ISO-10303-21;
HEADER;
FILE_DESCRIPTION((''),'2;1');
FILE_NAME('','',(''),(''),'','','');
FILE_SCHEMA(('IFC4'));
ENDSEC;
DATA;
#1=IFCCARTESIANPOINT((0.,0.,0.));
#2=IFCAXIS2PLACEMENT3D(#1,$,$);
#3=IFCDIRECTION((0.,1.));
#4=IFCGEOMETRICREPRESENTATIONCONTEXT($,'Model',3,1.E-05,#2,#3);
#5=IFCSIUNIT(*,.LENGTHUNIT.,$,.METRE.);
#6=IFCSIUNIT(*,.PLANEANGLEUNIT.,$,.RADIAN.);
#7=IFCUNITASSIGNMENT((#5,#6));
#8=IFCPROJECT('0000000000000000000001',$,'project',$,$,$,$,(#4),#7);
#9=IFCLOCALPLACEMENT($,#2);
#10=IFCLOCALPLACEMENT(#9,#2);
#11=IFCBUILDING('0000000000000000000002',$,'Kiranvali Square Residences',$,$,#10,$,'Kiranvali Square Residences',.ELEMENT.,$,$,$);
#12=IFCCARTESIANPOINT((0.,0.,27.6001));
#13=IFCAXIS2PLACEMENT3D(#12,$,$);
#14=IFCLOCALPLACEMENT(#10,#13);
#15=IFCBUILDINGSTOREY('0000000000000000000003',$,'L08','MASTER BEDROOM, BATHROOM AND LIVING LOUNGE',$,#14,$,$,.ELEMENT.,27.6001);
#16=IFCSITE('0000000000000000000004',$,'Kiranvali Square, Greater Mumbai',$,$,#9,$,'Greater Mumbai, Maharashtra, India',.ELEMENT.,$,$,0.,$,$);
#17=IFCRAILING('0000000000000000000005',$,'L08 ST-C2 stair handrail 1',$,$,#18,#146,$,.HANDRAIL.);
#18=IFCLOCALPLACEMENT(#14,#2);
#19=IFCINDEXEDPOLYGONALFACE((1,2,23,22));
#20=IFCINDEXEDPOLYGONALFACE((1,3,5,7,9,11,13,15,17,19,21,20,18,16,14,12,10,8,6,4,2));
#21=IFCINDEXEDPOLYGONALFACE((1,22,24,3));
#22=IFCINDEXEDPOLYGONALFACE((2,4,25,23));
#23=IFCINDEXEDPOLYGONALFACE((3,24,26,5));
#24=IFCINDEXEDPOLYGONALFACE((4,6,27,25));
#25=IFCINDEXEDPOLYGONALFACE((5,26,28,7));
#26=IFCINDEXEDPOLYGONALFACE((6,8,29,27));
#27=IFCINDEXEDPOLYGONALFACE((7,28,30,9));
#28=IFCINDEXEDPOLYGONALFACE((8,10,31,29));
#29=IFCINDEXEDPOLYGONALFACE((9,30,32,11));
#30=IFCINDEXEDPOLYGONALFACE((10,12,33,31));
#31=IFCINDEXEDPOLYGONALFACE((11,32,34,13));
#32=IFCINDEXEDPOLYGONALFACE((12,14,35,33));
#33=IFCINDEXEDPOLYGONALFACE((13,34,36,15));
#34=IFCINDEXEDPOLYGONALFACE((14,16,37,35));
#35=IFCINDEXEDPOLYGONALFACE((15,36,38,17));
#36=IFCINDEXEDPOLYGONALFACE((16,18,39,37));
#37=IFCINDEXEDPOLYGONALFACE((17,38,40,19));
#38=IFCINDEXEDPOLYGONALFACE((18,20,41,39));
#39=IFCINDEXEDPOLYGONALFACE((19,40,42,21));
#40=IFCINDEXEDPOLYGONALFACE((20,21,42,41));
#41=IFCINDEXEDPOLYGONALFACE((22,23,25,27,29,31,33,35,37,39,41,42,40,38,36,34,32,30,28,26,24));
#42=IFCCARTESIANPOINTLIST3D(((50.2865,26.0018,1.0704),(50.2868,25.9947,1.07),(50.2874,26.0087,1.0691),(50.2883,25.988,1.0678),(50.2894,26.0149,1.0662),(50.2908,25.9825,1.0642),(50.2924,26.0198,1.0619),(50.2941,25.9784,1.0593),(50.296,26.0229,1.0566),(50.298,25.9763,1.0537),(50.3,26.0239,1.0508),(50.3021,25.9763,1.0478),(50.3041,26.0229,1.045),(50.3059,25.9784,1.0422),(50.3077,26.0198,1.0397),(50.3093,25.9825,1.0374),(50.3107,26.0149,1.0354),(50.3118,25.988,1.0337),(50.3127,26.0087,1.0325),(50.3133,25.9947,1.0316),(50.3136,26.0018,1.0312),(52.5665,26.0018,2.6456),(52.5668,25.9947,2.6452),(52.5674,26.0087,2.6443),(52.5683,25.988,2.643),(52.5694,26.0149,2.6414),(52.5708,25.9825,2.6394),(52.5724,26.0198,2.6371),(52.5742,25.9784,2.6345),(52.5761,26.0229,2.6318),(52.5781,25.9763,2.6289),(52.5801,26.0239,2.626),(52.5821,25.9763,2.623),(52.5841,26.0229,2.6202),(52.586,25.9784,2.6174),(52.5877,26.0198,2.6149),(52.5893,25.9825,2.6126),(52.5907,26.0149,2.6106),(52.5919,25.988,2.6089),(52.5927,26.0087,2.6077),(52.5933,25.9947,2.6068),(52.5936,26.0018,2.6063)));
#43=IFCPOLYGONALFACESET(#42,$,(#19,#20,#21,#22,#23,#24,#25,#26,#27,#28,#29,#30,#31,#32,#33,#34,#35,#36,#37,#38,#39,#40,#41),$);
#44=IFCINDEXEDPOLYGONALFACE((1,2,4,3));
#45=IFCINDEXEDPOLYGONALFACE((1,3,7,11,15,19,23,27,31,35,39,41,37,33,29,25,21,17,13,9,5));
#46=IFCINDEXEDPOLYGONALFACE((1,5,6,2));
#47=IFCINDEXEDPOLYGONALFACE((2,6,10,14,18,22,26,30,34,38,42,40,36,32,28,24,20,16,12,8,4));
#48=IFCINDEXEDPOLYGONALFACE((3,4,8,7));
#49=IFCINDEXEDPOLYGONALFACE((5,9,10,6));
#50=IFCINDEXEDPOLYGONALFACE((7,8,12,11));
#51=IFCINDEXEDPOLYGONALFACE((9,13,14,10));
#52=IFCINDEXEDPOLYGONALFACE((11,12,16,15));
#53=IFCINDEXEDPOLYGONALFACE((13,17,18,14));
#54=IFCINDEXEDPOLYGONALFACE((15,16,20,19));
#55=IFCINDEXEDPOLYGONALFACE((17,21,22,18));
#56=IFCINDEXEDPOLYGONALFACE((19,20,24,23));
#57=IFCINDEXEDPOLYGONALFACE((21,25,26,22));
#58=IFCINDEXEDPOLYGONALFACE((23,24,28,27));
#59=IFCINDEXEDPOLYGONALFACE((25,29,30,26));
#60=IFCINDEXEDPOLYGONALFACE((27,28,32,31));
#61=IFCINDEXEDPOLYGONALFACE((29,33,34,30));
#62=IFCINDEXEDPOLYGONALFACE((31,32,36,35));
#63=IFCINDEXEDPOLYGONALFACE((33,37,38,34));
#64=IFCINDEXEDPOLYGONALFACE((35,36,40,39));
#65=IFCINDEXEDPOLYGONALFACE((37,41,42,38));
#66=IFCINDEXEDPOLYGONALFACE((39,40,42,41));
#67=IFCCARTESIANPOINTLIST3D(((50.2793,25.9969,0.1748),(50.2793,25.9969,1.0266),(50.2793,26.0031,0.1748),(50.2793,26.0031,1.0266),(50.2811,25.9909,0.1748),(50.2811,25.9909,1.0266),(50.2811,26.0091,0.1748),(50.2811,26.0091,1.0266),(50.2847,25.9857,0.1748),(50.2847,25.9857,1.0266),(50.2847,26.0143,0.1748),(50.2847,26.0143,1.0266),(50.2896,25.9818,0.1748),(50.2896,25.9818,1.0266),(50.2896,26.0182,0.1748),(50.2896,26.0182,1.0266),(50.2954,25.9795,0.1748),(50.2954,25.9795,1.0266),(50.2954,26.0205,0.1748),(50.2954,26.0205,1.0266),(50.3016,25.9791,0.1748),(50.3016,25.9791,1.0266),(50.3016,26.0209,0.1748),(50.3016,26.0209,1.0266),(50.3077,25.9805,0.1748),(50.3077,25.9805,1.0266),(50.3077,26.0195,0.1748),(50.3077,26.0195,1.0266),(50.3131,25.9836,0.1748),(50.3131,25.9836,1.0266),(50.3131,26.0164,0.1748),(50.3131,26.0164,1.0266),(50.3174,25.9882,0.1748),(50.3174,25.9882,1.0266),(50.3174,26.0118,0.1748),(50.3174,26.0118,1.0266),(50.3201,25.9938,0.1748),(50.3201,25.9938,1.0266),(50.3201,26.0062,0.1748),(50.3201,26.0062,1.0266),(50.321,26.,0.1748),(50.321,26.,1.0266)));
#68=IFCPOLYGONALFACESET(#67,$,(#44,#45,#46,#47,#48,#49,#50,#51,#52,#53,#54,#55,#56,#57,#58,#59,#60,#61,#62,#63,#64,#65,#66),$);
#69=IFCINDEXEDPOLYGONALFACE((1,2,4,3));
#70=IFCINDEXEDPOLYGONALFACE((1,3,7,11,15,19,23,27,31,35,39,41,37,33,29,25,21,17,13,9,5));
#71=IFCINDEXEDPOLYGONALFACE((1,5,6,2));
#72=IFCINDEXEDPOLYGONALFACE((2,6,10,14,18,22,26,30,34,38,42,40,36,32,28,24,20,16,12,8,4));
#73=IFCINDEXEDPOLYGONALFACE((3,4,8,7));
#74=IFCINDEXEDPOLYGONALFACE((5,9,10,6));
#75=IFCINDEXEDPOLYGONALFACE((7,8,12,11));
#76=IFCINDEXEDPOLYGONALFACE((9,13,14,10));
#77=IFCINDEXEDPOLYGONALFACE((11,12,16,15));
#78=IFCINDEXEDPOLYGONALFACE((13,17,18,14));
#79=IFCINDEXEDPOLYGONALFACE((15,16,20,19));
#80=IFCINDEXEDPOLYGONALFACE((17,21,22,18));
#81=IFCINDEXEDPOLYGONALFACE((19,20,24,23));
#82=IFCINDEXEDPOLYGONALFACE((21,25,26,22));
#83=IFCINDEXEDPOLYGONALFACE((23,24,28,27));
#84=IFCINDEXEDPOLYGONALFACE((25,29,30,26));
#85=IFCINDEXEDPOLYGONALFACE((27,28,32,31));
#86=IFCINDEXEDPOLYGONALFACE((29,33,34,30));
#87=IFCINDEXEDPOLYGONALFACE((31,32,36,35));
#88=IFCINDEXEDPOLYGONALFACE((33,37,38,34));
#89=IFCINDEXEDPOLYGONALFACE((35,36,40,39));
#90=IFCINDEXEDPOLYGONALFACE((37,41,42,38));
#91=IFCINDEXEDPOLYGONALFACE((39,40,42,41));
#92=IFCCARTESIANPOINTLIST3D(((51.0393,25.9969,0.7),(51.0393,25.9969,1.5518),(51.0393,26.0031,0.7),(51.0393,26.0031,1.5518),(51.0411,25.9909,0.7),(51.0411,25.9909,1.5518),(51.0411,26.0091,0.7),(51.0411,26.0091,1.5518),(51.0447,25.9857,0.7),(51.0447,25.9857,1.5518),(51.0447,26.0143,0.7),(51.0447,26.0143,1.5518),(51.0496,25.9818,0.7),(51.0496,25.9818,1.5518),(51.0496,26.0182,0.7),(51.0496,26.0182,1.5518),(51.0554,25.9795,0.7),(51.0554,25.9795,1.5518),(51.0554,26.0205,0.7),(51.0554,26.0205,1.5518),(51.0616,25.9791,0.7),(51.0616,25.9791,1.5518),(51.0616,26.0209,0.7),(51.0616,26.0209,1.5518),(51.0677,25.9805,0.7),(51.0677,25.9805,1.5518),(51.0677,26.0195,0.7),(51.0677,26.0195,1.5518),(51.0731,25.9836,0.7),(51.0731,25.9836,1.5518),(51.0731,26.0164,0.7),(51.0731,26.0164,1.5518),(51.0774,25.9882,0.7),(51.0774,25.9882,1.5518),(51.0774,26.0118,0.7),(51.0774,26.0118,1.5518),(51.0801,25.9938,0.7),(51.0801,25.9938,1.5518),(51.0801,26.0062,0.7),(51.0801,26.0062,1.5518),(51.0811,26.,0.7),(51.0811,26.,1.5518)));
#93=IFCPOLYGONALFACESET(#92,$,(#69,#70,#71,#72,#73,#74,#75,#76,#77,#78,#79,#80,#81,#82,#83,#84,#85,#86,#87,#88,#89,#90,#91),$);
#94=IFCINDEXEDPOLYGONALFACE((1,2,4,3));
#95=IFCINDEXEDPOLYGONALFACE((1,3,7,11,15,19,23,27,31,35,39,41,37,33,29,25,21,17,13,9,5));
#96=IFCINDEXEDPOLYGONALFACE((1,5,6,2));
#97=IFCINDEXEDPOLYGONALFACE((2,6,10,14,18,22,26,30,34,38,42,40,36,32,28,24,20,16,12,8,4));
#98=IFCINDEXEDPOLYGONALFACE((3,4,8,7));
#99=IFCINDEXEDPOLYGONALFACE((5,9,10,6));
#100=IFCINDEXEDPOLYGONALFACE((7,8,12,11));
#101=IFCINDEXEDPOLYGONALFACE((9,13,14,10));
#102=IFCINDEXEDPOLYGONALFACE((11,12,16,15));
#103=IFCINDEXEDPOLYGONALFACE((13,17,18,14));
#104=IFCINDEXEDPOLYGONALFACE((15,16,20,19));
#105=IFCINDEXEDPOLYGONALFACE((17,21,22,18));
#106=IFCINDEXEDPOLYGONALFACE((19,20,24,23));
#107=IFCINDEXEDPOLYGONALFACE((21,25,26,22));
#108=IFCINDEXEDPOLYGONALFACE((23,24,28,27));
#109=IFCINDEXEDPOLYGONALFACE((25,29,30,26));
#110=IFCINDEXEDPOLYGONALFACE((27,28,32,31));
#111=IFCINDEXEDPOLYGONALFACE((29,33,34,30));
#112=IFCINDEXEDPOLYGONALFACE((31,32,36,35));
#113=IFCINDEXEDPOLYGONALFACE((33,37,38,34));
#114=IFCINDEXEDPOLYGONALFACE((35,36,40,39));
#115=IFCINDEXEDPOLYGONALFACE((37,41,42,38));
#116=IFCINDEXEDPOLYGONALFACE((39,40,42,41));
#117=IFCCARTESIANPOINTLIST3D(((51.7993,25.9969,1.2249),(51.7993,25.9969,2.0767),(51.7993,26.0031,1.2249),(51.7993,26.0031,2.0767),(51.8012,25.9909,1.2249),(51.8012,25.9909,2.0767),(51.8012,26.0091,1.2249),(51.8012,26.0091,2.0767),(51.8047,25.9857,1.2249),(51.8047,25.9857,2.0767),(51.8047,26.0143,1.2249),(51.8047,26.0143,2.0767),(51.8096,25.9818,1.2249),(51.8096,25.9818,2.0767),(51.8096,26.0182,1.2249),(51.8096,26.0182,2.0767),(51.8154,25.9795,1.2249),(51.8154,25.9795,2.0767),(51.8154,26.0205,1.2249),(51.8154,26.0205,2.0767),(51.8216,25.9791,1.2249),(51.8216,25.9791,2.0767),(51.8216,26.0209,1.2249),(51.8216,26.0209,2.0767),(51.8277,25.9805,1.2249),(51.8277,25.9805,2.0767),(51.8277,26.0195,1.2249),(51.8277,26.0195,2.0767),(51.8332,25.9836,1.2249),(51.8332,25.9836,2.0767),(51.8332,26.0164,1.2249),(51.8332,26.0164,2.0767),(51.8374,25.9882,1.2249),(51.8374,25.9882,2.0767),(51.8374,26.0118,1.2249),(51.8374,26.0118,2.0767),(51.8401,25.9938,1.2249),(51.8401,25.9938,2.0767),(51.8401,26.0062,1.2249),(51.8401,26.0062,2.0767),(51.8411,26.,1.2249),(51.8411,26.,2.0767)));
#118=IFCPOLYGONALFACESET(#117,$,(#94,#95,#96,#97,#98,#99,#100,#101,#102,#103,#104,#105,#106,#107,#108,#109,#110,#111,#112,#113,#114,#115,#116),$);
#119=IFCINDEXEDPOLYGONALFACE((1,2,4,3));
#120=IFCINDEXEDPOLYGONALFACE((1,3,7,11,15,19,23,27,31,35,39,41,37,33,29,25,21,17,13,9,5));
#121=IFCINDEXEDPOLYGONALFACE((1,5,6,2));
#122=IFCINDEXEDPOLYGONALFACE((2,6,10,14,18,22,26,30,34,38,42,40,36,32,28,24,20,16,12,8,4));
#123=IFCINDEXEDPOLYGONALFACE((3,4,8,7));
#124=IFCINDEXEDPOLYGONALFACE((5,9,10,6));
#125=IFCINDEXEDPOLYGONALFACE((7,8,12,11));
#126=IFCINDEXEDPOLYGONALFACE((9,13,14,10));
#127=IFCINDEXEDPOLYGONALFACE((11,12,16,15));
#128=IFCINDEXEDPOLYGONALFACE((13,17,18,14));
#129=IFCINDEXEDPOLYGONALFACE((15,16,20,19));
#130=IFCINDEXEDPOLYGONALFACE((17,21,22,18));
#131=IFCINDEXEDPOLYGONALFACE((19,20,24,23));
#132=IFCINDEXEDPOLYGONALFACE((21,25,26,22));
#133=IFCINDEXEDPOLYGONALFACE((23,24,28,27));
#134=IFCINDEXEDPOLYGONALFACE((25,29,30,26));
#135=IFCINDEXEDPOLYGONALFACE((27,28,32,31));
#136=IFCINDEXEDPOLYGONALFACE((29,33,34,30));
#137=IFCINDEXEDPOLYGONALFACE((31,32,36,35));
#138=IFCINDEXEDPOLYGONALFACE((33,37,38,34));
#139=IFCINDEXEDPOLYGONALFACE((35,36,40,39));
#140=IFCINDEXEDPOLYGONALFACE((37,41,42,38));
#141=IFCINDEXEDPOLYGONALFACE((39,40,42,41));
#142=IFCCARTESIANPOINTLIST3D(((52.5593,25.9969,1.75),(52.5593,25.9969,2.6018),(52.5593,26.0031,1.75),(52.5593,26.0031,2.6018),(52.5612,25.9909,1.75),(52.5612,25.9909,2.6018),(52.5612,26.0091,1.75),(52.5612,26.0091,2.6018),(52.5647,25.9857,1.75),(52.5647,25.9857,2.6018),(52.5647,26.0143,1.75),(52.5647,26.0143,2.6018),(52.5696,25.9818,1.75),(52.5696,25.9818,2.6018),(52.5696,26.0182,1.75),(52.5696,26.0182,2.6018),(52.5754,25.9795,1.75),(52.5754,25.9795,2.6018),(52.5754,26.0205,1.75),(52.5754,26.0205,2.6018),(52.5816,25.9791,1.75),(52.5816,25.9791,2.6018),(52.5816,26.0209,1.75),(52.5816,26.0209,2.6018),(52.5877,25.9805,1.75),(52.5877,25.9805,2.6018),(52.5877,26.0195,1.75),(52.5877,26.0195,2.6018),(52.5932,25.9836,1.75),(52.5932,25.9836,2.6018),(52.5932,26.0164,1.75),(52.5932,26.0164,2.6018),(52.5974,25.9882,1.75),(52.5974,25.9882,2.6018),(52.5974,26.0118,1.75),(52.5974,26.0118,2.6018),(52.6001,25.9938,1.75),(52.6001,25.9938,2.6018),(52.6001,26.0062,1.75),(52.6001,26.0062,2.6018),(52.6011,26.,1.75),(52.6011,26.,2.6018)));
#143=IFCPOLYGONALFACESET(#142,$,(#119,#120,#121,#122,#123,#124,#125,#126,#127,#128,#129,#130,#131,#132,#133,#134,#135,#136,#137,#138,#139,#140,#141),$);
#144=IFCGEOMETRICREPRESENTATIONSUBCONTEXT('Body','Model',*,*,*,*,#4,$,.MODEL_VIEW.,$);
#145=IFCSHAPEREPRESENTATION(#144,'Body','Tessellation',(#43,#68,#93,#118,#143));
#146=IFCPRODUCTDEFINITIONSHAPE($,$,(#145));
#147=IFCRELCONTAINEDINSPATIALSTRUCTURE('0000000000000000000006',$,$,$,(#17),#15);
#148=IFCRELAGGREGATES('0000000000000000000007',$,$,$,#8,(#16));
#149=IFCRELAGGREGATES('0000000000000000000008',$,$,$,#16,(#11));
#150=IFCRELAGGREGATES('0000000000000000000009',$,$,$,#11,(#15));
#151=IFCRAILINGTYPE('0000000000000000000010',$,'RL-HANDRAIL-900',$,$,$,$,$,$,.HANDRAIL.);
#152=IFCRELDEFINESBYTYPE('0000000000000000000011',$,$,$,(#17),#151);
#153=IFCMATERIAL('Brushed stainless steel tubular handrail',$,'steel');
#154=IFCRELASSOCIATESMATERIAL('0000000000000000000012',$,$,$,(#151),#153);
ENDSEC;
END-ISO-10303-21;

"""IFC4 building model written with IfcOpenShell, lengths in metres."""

from ifc_helpers import new_model, si_unit, direction, frame, origin, origin_2d, place, context, subcontext, project, spatial, circle, extrude, material, type_object, element, save


model = new_model("IFC4")

# Units and contexts
model_context = context("Model", 3, precision=1e-05, world=origin(), true_north=direction((0.0, 1.0)))
body_context = subcontext(model_context, "Body", "Model", "MODEL_VIEW")
ifc_project = project(units=[si_unit("LENGTHUNIT", "METRE"), si_unit("PLANEANGLEUNIT", "RADIAN")], contexts=[model_context])

# Site, building, storey
site_placement = place(None, origin())
site = spatial("IfcSite", under=ifc_project, at=site_placement, Name="Kiranvali Square, Greater Mumbai", LongName="Greater Mumbai, Maharashtra, India", CompositionType="ELEMENT", RefElevation=0.0)
building_placement = place(site_placement, origin())
building = spatial("IfcBuilding", under=site, at=building_placement, Name="Kiranvali Square Residences", LongName="Kiranvali Square Residences", CompositionType="ELEMENT")
storey_placement = place(building_placement, frame((0.0, 0.0, 27.6001)))
storey = spatial("IfcBuildingStorey", under=building, at=storey_placement, Name="L08", Description="MASTER BEDROOM, BATHROOM AND LIVING LOUNGE", CompositionType="ELEMENT", Elevation=27.6001)

# Railing
ifc_material_1 = material(Name="Brushed stainless steel tubular handrail", Category="steel")
railing_type_1 = type_object("IfcRailingType", Name="RL-HANDRAIL-900", PredefinedType="HANDRAIL", material=ifc_material_1)
railing_1_placement = place(storey_placement, frame((50.3, 26.0, 0.1748)))
element("IfcRailing", 1, at=railing_1_placement, inside=storey, type_object=railing_type_1, Name="L08 ST-C2 stair handrail 1", PredefinedType="HANDRAIL", context=body_context, shape_type="SweptSolid", body=[
    extrude(circle(Radius=0.0239, at=origin_2d()), frame((0.0, 0.0, 0.876), z_axis=(0.822747, 0.0, 0.568408), x_axis=(0.0, 1.0, 0.0)), (0.0, 0.0, 1.0), 2.7712),
    extrude(circle(Radius=0.021, at=origin_2d()), origin(), (0.0, 0.0, 1.0), 0.8518),
    extrude(circle(Radius=0.021, at=origin_2d()), frame((0.76, 0.0, 0.5251)), (0.0, 0.0, 1.0), 0.8518),
    extrude(circle(Radius=0.021, at=origin_2d()), frame((1.52, 0.0, 1.05)), (0.0, 0.0, 1.0), 0.8518),
    extrude(circle(Radius=0.021, at=origin_2d()), frame((2.28, 0.0, 1.5752)), (0.0, 0.0, 1.0), 0.8518),
])

save(model, "model.ifc")
